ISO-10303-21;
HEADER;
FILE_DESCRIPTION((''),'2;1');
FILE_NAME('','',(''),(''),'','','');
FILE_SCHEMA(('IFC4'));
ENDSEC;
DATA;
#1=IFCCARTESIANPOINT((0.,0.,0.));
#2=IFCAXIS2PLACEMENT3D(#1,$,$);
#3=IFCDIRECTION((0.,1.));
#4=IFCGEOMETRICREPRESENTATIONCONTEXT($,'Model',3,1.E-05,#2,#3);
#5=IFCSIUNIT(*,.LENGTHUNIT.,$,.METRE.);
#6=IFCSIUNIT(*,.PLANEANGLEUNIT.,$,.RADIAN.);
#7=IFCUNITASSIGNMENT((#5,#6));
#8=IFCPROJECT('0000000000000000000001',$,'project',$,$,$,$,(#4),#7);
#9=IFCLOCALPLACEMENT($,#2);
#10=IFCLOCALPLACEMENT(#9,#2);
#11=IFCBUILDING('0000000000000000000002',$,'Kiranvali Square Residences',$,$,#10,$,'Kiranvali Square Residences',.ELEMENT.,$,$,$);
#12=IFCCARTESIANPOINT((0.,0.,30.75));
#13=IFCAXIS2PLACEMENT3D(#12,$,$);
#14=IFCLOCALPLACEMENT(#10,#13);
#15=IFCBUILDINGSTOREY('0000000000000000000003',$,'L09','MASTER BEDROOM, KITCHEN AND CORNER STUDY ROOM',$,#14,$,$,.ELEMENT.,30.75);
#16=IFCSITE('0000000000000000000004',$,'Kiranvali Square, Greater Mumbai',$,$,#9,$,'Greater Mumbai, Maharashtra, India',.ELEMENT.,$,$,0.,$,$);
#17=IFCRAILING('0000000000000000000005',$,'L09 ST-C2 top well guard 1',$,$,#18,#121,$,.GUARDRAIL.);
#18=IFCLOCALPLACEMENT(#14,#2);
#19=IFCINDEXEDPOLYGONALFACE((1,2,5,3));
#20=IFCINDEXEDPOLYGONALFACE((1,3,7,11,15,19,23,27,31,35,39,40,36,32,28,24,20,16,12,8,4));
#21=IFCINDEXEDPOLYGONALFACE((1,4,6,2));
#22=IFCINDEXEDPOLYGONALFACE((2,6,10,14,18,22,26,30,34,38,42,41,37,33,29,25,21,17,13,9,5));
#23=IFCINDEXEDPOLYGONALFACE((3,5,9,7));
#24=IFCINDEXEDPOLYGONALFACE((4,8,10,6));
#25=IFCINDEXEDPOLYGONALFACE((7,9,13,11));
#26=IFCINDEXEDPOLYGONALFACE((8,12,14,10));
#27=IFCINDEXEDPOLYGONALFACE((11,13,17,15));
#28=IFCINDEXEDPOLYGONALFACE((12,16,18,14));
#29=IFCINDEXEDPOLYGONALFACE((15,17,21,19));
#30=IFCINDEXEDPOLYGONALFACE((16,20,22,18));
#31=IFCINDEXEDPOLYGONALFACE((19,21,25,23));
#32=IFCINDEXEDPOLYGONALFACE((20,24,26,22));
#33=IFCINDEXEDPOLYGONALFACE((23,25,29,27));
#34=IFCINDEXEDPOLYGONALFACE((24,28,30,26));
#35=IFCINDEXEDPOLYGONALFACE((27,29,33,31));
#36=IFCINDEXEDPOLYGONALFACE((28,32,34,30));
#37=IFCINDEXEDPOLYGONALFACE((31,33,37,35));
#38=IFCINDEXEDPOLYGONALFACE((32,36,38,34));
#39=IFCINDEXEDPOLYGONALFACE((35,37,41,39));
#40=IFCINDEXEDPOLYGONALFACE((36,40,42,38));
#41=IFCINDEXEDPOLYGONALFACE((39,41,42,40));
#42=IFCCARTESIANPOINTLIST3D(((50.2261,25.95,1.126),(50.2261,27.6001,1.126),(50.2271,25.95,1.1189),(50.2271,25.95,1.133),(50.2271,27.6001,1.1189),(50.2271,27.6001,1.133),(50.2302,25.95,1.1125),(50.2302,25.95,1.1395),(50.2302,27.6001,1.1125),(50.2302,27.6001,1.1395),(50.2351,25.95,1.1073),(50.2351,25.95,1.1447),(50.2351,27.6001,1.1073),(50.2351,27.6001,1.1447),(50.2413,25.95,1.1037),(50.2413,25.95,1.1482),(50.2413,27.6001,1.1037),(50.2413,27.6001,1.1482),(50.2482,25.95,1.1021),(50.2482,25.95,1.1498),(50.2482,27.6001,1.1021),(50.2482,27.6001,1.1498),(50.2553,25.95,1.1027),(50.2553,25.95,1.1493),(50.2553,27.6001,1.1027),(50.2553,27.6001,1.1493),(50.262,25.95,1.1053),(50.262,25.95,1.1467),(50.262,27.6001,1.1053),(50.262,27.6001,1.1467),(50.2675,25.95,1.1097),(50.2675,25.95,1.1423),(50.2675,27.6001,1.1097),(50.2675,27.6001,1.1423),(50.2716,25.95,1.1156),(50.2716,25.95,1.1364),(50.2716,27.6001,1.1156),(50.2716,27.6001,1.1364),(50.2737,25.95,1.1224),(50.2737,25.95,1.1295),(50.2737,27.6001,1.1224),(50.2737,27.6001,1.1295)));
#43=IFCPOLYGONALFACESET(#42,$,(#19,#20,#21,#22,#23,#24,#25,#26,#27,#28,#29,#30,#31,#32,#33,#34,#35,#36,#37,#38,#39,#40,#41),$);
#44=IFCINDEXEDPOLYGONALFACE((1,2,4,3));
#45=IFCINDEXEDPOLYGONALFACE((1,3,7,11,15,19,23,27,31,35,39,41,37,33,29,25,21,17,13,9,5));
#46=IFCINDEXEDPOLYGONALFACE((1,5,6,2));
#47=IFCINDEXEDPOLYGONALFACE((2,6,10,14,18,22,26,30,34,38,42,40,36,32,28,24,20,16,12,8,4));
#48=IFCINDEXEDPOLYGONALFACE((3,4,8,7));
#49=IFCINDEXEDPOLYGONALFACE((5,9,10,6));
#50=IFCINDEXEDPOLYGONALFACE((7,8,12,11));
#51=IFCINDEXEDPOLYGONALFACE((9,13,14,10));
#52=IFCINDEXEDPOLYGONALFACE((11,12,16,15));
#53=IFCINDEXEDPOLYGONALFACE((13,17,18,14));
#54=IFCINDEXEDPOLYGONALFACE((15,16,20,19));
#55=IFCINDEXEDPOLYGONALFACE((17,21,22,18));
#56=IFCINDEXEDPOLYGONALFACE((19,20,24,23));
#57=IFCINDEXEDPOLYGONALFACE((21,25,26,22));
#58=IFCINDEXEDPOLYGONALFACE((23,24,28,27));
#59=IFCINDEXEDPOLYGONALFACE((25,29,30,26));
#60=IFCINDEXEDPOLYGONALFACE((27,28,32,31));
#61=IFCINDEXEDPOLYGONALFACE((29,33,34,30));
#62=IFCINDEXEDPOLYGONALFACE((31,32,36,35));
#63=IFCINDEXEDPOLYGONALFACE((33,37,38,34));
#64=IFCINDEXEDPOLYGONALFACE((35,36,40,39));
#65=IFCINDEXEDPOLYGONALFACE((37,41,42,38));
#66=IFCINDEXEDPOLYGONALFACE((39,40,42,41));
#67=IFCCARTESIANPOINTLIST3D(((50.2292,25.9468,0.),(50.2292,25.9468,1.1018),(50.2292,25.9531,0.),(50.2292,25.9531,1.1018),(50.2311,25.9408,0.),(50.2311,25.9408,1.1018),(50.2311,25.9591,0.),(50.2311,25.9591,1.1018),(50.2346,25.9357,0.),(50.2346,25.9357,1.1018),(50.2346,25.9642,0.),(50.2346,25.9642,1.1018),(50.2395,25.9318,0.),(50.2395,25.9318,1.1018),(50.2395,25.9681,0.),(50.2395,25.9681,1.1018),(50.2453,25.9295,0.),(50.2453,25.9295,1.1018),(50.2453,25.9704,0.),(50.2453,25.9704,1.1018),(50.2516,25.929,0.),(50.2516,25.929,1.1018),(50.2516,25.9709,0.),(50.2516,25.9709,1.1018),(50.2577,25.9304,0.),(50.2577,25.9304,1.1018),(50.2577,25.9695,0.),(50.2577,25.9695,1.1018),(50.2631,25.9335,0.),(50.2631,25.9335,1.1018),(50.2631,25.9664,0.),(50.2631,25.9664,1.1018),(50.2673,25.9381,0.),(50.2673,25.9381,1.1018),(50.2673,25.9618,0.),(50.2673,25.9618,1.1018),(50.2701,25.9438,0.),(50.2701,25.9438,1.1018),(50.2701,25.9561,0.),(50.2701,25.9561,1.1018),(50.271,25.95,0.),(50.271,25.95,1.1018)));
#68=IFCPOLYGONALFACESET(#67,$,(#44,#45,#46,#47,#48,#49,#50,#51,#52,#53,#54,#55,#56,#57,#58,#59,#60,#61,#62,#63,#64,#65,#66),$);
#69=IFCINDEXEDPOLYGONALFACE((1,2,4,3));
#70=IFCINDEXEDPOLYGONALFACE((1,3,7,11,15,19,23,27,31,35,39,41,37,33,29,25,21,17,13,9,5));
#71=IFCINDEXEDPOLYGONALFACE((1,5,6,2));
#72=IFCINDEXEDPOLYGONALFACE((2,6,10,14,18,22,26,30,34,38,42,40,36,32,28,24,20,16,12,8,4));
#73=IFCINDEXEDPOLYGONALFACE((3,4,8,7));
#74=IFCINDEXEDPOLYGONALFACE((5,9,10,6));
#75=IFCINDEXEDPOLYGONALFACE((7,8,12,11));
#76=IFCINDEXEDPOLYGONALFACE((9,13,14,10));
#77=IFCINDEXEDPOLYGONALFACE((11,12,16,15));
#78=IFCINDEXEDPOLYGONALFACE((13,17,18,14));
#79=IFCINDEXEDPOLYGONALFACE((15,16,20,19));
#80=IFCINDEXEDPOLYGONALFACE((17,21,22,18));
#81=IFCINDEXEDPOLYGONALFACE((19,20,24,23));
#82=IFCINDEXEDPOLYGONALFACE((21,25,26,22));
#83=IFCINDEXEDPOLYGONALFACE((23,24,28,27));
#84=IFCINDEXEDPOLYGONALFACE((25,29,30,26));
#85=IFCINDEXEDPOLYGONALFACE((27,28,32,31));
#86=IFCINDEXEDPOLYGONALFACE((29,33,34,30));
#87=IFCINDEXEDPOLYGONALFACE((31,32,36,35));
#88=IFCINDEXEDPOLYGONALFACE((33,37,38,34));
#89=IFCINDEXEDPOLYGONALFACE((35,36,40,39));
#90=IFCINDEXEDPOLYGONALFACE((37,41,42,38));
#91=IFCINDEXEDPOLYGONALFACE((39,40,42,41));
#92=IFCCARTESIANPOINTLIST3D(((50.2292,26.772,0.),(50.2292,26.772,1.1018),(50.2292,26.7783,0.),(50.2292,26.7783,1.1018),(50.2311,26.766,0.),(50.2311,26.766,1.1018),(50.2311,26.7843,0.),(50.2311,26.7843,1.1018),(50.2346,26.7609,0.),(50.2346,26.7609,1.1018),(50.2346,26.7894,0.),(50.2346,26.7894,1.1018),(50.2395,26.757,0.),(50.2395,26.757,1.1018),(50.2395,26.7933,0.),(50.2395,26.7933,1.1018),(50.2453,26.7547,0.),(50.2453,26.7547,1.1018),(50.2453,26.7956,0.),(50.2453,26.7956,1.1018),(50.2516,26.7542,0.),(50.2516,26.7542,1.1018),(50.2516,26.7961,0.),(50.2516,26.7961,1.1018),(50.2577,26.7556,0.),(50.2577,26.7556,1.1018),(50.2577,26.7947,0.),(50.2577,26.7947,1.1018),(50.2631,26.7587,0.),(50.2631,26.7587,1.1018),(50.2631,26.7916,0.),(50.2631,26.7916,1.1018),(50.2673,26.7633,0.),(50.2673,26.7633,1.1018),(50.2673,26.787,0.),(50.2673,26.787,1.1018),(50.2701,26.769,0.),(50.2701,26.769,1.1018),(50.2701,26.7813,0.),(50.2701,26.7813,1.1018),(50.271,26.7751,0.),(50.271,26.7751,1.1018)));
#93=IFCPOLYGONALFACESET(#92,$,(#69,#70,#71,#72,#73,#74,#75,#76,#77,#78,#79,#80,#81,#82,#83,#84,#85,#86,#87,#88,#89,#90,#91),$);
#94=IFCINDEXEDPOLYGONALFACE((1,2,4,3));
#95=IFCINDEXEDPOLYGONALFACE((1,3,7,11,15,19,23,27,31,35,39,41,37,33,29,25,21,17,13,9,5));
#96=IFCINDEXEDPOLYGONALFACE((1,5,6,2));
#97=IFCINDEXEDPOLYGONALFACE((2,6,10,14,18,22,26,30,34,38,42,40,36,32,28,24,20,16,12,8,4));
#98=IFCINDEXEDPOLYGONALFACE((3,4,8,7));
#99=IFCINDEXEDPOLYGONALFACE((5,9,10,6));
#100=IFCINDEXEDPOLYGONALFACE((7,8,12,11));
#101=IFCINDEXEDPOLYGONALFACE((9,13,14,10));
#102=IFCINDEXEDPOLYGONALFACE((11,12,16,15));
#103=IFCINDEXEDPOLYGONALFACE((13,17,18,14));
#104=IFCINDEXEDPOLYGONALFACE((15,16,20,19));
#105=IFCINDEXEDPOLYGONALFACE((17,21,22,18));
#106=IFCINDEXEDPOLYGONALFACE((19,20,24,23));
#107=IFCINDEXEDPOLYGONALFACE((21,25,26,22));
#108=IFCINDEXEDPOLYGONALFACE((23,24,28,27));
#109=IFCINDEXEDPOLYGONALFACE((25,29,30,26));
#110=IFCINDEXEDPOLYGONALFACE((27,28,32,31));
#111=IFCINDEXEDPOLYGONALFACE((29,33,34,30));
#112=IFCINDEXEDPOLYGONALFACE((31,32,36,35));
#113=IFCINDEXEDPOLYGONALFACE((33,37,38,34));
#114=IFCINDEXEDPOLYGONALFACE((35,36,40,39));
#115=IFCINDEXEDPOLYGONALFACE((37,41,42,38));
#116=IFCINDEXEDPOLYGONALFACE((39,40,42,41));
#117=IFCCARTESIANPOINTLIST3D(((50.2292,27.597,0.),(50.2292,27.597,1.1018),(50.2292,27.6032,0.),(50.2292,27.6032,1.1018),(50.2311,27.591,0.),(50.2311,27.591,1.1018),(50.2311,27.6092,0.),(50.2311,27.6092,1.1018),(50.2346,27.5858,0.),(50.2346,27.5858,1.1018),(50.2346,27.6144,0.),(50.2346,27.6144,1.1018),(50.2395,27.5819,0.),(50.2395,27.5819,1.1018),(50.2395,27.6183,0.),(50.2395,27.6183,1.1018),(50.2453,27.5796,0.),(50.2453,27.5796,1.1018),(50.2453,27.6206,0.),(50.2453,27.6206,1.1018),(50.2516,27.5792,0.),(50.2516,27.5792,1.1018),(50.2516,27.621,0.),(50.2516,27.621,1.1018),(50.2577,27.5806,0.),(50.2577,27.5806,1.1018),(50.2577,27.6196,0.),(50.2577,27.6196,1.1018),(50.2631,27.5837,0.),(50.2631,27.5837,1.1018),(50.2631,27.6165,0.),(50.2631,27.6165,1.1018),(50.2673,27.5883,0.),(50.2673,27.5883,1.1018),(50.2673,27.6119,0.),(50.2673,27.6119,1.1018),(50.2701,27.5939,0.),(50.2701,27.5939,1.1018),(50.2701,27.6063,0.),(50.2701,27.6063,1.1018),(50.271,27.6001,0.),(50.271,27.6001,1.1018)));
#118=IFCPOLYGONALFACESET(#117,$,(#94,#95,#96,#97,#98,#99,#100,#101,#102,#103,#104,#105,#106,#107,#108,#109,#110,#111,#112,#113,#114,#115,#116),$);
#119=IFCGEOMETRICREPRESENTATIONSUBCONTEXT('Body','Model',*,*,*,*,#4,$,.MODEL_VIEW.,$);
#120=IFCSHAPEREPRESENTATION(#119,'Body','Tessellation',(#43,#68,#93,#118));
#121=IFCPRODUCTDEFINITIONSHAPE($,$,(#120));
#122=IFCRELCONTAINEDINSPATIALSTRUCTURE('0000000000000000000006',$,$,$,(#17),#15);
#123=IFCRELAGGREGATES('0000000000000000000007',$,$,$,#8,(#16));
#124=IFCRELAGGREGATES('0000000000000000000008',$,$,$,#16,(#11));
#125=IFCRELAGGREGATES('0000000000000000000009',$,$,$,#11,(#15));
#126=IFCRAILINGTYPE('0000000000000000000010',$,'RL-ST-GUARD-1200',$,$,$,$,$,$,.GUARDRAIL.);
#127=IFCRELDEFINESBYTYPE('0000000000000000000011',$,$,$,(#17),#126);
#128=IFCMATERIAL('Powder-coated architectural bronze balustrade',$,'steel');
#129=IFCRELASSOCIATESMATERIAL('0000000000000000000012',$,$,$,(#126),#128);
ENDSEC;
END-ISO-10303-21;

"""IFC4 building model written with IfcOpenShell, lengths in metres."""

from ifc_helpers import new_model, si_unit, direction, frame, origin, origin_2d, place, context, subcontext, project, spatial, circle, extrude, material, type_object, element, save


model = new_model("IFC4")

# Units and contexts
model_context = context("Model", 3, precision=1e-05, world=origin(), true_north=direction((0.0, 1.0)))
body_context = subcontext(model_context, "Body", "Model", "MODEL_VIEW")
ifc_project = project(units=[si_unit("LENGTHUNIT", "METRE"), si_unit("PLANEANGLEUNIT", "RADIAN")], contexts=[model_context])

# Site, building, storey
site_placement = place(None, origin())
site = spatial("IfcSite", under=ifc_project, at=site_placement, Name="Kiranvali Square, Greater Mumbai", LongName="Greater Mumbai, Maharashtra, India", CompositionType="ELEMENT", RefElevation=0.0)
building_placement = place(site_placement, origin())
building = spatial("IfcBuilding", under=site, at=building_placement, Name="Kiranvali Square Residences", LongName="Kiranvali Square Residences", CompositionType="ELEMENT")
storey_placement = place(building_placement, frame((0.0, 0.0, 30.75)))
storey = spatial("IfcBuildingStorey", under=building, at=storey_placement, Name="L09", Description="MASTER BEDROOM, KITCHEN AND CORNER STUDY ROOM", CompositionType="ELEMENT", Elevation=30.75)

# Railing
ifc_material_1 = material(Name="Powder-coated architectural bronze balustrade", Category="steel")
railing_type = type_object("IfcRailingType", Name="RL-ST-GUARD-1200", PredefinedType="GUARDRAIL", material=ifc_material_1)
railing_placement = place(storey_placement, frame((50.25, 25.95, 0.0)))
element("IfcRailing", 1, at=railing_placement, inside=storey, type_object=railing_type, Name="L09 ST-C2 top well guard 1", PredefinedType="GUARDRAIL", context=body_context, shape_type="SweptSolid", body=[
    extrude(circle(Radius=0.0239, at=origin_2d()), frame((0.0, 0.0, 1.126), z_axis=(0.0, 1.0, 0.0), x_axis=(-1.0, 0.0, 0.0)), (0.0, 0.0, 1.0), 1.6501),
    extrude(circle(Radius=0.021, at=origin_2d()), origin(), (0.0, 0.0, 1.0), 1.1018),
    extrude(circle(Radius=0.021, at=origin_2d()), frame((0.0, 0.8252, 0.0)), (0.0, 0.0, 1.0), 1.1018),
    extrude(circle(Radius=0.021, at=origin_2d()), frame((0.0, 1.6501, 0.0)), (0.0, 0.0, 1.0), 1.1018),
])

save(model, "model.ifc")
